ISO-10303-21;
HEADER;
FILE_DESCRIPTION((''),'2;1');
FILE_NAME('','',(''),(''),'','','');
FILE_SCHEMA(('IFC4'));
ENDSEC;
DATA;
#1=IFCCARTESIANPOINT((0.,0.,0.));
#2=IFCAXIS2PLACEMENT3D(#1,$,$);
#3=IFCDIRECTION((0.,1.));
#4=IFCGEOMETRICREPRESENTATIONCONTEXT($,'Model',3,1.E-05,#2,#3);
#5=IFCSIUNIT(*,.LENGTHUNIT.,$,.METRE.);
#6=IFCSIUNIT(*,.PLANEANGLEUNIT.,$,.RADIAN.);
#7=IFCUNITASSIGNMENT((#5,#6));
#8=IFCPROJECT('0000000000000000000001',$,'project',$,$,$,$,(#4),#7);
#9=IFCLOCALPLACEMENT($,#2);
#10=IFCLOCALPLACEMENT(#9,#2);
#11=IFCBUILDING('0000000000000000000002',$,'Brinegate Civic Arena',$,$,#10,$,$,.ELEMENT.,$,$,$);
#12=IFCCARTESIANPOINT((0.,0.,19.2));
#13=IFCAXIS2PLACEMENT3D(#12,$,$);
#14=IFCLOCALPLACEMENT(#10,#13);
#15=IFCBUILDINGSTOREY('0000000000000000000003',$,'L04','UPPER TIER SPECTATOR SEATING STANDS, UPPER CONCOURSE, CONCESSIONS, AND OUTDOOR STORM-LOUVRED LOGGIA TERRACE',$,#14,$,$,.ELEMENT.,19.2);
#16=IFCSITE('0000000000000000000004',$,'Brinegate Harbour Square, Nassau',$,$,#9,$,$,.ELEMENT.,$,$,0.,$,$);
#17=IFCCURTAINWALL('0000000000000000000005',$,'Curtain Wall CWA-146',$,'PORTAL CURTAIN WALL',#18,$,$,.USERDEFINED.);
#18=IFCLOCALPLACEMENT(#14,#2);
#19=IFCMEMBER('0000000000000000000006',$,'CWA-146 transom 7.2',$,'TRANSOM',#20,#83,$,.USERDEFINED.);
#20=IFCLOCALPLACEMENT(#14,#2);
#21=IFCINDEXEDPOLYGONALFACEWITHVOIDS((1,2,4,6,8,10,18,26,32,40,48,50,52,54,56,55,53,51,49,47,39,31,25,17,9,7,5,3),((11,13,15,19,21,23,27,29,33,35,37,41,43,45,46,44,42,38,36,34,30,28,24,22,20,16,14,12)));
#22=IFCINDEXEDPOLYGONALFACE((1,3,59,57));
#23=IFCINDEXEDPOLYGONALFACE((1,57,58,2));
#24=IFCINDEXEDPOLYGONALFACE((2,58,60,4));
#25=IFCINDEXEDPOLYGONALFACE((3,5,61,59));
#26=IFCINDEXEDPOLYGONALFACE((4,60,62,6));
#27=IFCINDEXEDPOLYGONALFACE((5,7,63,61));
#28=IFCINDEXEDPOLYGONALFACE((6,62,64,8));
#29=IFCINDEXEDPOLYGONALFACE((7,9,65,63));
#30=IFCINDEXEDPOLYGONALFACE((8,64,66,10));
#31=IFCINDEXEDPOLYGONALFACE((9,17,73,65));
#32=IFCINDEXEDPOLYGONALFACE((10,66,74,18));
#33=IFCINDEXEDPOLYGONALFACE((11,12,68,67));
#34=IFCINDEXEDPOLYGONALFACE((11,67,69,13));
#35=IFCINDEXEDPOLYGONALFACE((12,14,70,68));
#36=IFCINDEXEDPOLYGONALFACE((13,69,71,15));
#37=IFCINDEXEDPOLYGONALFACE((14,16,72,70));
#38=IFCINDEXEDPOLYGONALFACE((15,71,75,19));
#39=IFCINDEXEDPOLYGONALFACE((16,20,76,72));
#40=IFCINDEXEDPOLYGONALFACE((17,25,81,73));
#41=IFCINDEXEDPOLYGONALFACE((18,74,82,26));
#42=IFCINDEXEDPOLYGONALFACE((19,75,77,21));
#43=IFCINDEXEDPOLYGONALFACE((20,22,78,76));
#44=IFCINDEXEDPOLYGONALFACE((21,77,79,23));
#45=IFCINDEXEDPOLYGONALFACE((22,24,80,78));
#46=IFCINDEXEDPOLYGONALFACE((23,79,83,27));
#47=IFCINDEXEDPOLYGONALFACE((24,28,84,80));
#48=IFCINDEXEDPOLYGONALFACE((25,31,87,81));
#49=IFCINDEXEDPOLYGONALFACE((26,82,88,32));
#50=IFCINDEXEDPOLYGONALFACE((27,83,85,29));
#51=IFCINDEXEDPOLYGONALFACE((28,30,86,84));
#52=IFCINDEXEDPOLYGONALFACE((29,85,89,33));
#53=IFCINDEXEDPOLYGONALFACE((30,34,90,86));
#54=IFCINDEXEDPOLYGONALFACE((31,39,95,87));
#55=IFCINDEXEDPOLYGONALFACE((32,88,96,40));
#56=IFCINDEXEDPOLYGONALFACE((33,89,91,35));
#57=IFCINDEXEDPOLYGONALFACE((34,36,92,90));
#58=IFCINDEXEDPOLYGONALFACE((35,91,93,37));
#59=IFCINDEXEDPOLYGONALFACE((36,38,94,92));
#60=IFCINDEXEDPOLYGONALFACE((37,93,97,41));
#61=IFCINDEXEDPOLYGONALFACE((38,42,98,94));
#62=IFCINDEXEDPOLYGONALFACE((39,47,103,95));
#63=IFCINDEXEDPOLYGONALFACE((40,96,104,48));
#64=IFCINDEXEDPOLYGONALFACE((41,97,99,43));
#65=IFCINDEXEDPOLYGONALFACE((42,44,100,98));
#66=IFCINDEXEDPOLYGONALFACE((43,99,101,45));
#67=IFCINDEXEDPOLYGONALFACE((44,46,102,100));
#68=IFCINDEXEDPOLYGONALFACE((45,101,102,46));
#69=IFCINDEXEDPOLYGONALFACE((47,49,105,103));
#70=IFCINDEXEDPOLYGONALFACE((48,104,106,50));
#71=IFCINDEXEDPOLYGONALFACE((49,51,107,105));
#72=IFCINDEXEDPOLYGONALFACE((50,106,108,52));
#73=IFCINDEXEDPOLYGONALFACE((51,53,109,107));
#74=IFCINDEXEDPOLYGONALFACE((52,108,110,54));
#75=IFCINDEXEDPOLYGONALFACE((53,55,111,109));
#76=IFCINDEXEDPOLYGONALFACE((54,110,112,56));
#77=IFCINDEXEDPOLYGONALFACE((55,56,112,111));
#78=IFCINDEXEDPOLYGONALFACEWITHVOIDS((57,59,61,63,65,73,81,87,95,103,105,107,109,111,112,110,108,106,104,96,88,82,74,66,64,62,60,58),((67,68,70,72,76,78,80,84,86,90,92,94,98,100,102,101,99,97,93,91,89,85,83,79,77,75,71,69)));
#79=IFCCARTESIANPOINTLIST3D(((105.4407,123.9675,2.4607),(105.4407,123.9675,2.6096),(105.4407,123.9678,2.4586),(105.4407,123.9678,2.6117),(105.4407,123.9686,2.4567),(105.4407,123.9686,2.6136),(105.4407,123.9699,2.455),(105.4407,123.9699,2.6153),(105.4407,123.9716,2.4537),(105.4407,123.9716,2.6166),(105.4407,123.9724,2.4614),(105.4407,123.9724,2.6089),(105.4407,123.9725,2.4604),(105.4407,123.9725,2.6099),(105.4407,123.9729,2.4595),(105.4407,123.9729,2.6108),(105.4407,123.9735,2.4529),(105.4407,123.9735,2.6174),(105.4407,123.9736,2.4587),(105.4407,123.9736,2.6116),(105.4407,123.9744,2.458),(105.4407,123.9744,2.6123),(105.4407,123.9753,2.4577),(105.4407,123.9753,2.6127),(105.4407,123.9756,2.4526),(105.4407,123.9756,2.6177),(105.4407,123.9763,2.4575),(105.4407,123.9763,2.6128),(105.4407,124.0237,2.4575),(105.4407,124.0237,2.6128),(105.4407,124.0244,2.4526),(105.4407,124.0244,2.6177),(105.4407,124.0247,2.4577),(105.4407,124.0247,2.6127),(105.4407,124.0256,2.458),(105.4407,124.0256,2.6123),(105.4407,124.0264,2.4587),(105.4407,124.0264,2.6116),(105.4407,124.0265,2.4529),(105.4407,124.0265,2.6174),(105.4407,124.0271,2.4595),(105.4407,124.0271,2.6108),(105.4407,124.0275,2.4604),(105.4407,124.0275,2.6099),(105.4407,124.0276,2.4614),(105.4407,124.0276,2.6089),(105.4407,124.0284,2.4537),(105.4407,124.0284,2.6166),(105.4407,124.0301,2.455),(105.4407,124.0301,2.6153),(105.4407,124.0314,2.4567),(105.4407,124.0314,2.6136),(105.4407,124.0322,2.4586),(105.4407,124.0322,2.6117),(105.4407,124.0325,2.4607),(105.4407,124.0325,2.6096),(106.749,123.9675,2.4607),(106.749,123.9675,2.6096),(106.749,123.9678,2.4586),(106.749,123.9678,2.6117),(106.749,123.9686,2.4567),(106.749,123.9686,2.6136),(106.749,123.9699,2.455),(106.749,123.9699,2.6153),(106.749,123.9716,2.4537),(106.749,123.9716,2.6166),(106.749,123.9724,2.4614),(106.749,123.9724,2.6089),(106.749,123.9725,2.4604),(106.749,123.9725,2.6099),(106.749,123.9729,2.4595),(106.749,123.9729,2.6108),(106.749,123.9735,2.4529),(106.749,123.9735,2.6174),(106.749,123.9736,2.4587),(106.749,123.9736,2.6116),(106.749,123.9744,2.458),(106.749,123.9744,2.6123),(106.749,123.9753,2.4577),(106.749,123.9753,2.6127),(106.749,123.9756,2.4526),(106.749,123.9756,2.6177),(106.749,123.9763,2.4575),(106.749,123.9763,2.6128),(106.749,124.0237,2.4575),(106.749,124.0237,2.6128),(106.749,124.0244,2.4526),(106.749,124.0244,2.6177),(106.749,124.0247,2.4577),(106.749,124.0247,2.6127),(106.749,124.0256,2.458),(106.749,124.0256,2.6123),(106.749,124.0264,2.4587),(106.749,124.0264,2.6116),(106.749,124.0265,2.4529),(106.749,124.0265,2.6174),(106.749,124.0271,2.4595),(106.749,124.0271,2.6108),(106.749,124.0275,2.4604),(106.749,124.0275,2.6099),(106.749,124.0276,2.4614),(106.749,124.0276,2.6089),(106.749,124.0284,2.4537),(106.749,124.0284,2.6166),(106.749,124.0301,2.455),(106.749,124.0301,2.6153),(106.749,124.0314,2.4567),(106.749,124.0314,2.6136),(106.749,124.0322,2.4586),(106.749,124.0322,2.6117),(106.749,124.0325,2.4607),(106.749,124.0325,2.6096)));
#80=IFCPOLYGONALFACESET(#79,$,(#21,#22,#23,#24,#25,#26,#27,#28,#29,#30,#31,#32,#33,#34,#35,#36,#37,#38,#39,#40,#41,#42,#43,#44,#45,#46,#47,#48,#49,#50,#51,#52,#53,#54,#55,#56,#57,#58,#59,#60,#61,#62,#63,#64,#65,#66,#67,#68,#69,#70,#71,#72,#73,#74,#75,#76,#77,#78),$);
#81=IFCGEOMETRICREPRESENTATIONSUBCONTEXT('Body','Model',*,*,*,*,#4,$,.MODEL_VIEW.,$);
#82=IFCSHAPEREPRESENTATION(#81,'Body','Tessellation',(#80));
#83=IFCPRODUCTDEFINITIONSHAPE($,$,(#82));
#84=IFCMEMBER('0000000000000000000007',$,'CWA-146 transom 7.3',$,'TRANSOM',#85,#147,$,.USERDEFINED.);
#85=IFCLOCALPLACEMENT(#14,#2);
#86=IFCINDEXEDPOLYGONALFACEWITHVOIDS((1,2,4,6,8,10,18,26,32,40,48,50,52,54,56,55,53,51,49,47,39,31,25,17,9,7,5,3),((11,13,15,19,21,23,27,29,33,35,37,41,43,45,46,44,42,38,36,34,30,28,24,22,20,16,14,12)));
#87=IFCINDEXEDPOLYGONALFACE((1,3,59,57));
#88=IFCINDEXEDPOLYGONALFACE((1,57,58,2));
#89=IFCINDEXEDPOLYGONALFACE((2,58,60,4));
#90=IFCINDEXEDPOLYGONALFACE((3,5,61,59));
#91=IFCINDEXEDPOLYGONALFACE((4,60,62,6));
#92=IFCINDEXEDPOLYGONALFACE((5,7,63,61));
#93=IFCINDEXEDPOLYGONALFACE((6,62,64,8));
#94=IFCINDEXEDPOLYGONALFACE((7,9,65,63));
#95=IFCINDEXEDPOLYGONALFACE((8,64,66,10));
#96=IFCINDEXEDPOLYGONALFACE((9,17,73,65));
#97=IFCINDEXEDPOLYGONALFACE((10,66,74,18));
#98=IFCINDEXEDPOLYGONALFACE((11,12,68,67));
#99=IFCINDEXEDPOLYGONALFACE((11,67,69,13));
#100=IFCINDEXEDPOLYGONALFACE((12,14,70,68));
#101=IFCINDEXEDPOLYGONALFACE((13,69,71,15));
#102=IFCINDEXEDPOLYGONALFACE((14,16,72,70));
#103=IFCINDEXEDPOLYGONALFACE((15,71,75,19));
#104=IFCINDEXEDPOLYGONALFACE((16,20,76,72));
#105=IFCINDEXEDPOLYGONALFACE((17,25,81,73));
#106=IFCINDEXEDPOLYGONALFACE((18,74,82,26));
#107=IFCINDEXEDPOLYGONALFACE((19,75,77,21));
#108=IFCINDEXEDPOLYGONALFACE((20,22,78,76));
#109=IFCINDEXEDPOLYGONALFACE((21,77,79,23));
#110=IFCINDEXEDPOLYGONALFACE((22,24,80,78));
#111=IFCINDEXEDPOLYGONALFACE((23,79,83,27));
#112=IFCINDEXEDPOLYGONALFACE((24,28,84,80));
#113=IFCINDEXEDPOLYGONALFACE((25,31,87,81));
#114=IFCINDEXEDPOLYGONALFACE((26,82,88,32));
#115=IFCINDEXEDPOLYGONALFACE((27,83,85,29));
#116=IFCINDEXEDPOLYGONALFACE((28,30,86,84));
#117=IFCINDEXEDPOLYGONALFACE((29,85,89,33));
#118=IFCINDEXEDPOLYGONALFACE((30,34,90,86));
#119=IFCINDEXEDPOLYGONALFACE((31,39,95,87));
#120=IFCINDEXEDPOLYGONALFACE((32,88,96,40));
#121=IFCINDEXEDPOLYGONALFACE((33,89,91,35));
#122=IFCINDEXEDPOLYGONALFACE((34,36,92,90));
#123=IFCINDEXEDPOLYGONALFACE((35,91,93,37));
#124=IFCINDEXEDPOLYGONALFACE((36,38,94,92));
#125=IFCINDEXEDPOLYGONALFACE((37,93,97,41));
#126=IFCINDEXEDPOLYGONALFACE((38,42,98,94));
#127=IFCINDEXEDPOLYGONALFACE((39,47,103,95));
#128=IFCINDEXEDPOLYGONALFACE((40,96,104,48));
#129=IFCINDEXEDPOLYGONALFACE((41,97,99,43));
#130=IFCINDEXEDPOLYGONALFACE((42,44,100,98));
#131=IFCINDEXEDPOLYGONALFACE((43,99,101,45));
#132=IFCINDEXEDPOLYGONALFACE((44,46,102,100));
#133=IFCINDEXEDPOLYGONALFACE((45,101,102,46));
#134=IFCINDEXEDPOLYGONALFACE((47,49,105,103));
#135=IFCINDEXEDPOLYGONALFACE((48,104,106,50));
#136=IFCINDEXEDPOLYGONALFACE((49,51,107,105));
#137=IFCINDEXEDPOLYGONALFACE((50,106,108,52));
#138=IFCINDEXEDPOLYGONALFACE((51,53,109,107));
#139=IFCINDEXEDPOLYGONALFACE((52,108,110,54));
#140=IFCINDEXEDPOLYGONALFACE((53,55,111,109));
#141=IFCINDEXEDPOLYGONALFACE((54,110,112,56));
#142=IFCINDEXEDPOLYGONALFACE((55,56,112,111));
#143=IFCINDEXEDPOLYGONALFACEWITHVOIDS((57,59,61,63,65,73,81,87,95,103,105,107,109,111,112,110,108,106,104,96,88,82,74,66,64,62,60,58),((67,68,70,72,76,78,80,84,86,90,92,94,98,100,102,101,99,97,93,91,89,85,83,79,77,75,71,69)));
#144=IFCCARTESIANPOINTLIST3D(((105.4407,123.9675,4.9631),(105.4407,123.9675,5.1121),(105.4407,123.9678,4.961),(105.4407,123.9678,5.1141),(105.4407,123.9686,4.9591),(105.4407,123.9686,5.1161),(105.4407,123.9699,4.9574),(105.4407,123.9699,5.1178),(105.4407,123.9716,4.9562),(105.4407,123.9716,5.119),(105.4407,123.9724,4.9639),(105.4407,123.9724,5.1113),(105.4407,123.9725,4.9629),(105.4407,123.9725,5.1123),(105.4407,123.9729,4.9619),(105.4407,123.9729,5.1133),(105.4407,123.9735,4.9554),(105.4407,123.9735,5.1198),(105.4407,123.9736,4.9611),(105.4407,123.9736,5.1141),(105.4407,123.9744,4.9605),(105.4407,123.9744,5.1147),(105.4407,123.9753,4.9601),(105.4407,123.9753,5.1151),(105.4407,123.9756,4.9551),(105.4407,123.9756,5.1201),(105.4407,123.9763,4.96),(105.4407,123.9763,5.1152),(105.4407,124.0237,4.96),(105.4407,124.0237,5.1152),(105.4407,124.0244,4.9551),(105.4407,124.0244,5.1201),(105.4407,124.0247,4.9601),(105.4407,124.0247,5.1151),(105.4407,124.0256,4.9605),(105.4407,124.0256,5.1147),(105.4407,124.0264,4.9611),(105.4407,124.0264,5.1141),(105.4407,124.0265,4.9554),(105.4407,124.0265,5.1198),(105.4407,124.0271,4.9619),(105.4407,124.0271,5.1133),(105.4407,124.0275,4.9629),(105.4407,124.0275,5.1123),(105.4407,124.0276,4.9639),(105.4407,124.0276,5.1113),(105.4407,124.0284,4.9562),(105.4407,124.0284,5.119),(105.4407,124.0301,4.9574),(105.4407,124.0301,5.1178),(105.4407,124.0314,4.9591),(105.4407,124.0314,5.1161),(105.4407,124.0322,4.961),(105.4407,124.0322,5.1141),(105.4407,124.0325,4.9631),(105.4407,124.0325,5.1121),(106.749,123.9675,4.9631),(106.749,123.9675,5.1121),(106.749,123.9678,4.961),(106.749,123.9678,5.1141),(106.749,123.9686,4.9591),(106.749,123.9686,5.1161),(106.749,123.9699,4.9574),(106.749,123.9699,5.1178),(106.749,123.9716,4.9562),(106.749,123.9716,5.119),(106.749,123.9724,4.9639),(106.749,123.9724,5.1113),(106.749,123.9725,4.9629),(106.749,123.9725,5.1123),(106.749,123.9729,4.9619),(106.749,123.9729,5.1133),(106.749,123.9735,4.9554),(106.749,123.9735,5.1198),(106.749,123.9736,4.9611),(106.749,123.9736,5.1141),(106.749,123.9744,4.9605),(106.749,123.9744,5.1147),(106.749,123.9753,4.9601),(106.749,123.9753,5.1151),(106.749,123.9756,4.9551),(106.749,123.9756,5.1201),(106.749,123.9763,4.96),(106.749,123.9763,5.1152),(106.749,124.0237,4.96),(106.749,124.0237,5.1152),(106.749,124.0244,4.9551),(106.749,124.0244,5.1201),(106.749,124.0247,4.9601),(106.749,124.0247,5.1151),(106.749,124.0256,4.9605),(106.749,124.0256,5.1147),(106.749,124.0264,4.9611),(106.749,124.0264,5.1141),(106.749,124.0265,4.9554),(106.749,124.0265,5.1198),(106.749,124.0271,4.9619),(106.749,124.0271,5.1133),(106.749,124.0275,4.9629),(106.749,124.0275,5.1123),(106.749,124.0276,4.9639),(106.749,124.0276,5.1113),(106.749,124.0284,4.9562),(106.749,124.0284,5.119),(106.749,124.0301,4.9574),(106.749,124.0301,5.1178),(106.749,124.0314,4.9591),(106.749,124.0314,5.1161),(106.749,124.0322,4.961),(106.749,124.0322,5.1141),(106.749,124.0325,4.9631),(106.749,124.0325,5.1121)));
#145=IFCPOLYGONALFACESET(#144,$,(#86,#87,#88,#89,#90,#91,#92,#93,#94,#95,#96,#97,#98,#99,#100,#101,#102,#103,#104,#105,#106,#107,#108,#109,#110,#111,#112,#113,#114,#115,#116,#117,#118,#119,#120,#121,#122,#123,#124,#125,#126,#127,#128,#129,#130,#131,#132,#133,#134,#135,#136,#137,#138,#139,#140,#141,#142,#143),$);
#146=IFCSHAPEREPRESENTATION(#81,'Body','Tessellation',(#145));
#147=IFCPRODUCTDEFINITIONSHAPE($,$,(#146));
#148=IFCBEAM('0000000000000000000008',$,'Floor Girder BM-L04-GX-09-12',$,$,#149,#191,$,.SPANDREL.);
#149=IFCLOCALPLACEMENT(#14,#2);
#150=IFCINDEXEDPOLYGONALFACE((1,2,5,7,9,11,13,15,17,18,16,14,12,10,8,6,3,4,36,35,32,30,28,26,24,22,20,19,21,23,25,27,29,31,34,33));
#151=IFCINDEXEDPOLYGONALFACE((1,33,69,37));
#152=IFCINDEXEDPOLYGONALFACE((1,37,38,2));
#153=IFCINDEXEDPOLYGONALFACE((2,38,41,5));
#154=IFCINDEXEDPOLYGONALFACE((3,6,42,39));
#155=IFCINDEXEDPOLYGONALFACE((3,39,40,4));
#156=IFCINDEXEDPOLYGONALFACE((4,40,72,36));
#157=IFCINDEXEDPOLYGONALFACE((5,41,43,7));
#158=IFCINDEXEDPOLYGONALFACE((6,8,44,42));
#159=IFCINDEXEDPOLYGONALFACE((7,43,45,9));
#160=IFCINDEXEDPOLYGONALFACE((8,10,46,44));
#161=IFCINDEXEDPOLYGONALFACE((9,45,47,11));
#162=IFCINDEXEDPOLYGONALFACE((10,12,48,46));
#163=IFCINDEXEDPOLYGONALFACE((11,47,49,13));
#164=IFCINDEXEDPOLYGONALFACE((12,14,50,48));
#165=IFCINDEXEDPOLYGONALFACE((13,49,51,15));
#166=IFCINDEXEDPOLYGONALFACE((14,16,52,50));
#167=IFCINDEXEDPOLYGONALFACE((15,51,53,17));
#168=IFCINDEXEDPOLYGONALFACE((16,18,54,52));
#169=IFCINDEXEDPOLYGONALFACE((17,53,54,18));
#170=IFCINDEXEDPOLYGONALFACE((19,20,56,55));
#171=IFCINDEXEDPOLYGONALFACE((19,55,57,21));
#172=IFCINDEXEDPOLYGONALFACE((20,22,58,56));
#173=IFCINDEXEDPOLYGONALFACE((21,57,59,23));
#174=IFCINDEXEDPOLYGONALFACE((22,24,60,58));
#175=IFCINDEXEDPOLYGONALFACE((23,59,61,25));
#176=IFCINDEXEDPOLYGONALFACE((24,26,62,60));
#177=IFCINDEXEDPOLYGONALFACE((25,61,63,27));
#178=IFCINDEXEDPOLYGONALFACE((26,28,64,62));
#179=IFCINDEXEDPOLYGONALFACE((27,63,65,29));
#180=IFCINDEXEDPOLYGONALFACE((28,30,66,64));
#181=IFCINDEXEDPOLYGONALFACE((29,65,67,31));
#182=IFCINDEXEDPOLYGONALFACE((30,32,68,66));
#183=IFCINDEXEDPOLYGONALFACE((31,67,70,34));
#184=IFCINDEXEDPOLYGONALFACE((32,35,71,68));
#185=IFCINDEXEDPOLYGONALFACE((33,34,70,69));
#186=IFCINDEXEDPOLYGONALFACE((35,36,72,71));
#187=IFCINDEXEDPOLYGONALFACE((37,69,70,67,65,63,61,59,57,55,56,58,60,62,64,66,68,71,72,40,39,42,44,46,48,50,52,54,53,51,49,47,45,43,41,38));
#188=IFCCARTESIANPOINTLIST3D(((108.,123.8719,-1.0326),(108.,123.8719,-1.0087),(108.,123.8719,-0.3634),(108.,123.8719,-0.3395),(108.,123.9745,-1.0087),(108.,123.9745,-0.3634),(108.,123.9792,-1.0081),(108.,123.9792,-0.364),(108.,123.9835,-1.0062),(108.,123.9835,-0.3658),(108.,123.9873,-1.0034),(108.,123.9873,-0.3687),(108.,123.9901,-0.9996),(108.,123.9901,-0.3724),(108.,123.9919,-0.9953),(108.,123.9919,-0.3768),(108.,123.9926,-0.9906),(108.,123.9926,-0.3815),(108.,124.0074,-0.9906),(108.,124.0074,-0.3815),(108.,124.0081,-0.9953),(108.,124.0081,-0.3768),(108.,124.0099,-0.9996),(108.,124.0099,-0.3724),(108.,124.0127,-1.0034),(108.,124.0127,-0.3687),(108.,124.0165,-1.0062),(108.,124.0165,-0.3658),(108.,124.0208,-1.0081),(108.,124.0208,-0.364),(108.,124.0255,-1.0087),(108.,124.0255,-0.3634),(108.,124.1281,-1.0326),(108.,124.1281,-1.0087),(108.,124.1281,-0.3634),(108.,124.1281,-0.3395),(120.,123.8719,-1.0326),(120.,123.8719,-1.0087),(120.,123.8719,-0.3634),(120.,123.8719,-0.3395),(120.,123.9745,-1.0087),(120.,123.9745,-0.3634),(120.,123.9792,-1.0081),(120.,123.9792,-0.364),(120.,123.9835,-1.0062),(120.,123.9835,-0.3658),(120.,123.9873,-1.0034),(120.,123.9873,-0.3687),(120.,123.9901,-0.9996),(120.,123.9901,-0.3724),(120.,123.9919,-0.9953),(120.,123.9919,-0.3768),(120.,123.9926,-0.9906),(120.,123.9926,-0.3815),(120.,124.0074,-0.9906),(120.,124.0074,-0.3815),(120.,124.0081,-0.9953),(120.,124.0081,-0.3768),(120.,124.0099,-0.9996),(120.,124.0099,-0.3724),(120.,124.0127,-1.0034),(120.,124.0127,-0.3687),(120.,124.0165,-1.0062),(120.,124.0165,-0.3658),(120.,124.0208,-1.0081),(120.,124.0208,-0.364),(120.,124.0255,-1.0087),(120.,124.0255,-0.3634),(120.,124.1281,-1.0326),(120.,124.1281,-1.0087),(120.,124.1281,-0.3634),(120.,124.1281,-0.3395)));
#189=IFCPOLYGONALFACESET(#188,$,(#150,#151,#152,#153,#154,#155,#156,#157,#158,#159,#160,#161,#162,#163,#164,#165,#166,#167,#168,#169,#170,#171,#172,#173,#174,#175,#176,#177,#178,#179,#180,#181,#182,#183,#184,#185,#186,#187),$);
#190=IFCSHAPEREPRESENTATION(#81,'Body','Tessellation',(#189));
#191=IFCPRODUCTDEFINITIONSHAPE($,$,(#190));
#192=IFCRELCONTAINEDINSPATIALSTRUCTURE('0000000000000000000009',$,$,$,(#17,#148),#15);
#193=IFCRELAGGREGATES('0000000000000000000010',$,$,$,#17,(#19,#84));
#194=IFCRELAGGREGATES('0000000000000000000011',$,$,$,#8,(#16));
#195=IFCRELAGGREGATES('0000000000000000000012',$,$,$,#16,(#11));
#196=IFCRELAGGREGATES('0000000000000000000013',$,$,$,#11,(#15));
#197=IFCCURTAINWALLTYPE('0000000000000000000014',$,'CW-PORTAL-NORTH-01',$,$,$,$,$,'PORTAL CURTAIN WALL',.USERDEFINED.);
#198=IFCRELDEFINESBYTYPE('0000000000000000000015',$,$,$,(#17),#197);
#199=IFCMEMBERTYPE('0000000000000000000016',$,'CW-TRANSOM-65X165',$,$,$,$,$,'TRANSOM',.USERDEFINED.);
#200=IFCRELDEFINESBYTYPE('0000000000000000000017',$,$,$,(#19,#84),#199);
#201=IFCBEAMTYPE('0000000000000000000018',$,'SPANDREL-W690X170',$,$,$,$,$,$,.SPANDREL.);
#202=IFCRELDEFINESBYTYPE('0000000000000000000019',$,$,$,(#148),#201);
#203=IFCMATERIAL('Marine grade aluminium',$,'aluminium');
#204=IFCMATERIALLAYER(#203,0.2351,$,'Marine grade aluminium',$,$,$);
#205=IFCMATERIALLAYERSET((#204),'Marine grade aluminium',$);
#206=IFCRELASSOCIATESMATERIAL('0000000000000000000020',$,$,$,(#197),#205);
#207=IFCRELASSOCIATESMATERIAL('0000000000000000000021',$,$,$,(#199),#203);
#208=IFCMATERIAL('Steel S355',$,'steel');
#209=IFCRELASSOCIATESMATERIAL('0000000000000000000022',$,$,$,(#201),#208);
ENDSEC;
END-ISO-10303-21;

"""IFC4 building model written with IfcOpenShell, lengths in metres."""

from ifc_helpers import new_model, si_unit, direction, frame, origin, origin_2d, place, context, subcontext, project, spatial, hollow_rectangle, i_section, extrude, material, layer, layer_set, material_profile, profile_set, type_object, element, aggregate, save


model = new_model("IFC4")

# Units and contexts
model_context = context("Model", 3, precision=1e-05, world=origin(), true_north=direction((0.0, 1.0)))
body_context = subcontext(model_context, "Body", "Model", "MODEL_VIEW")
ifc_project = project(units=[si_unit("LENGTHUNIT", "METRE"), si_unit("PLANEANGLEUNIT", "RADIAN")], contexts=[model_context])

# Site, building, storey
site_placement = place(None, origin())
site = spatial("IfcSite", under=ifc_project, at=site_placement, Name="Brinegate Harbour Square, Nassau", CompositionType="ELEMENT", RefElevation=0.0)
building_placement = place(site_placement, origin())
building = spatial("IfcBuilding", under=site, at=building_placement, Name="Brinegate Civic Arena", CompositionType="ELEMENT")
storey_placement = place(building_placement, frame((0.0, 0.0, 19.2)))
storey = spatial("IfcBuildingStorey", under=building, at=storey_placement, Name="L04", Description="UPPER TIER SPECTATOR SEATING STANDS, UPPER CONCOURSE, CONCESSIONS, AND OUTDOOR STORM-LOUVRED LOGGIA TERRACE", CompositionType="ELEMENT", Elevation=19.2)

# Curtain wall, members
ifc_material_1 = material(Name="Marine grade aluminium", Category="aluminium")
ifc_layer_1 = layer(ifc_material_1, 0.2351, Name="Marine grade aluminium")
ifc_layer_set_1 = layer_set([ifc_layer_1], Name="Marine grade aluminium")
curtain_wall_type = type_object("IfcCurtainWallType", Name="CW-PORTAL-NORTH-01", ElementType="PORTAL CURTAIN WALL", PredefinedType="USERDEFINED", material=ifc_layer_set_1)
curtain_wall_placement = place(storey_placement, origin())
curtain_wall = element("IfcCurtainWall", 1, at=curtain_wall_placement, inside=storey, type_object=curtain_wall_type, Name="Curtain Wall CWA-146", ObjectType="PORTAL CURTAIN WALL", PredefinedType="USERDEFINED")
ifc_material_profile_1 = material_profile(ifc_material_1, hollow_rectangle(XDim=0.0649, YDim=0.165, WallThickness=0.0049, InnerFilletRadius=0.0039, OuterFilletRadius=0.0081, at=origin_2d()), Name="TRN65X165")
ifc_profile_set_1 = profile_set([ifc_material_profile_1], Name="Marine grade aluminium")
member_type_1 = type_object("IfcMemberType", Name="CW-TRANSOM-65X165", ElementType="TRANSOM", PredefinedType="USERDEFINED", material=ifc_profile_set_1)
member_1_placement = place(storey_placement, frame((105.4407, 124.0, 2.5352), z_axis=(1.0, 0.0, 0.0), x_axis=(0.0, 1.0, 0.0)))
member_1 = element("IfcMember", 2, at=member_1_placement, type_object=member_type_1, Name="CWA-146 transom 7.2", ObjectType="TRANSOM", PredefinedType="USERDEFINED", context=body_context, shape_type="SweptSolid", body=[
    extrude(hollow_rectangle(XDim=0.0649, YDim=0.165, WallThickness=0.0049, InnerFilletRadius=0.0039, OuterFilletRadius=0.0081, at=origin_2d()), origin(), (0.0, 0.0, 1.0), 1.3083),
])
member_2_placement = place(storey_placement, frame((105.4407, 124.0, 5.0376), z_axis=(1.0, 0.0, 0.0), x_axis=(0.0, 1.0, 0.0)))
member_2 = element("IfcMember", 3, at=member_2_placement, type_object=member_type_1, Name="CWA-146 transom 7.3", ObjectType="TRANSOM", PredefinedType="USERDEFINED", context=body_context, shape_type="SweptSolid", body=[
    extrude(hollow_rectangle(XDim=0.0649, YDim=0.165, WallThickness=0.0049, InnerFilletRadius=0.0039, OuterFilletRadius=0.0081, at=origin_2d()), origin(), (0.0, 0.0, 1.0), 1.3083),
])

# Beam
ifc_material_2 = material(Name="Steel S355", Category="steel")
ifc_material_profile_2 = material_profile(ifc_material_2, i_section(OverallWidth=0.2561, OverallDepth=0.6931, WebThickness=0.0149, FlangeThickness=0.0239, FilletRadius=0.0181, at=origin_2d()), Name="W690X170")
ifc_profile_set_2 = profile_set([ifc_material_profile_2], Name="Steel S355")
beam_type = type_object("IfcBeamType", Name="SPANDREL-W690X170", PredefinedType="SPANDREL", material=ifc_profile_set_2)
beam_placement = place(storey_placement, frame((108.0, 124.0, -0.686), z_axis=(1.0, 0.0, 0.0), x_axis=(0.0, 1.0, 0.0)))
element("IfcBeam", 4, at=beam_placement, inside=storey, type_object=beam_type, Name="Floor Girder BM-L04-GX-09-12", PredefinedType="SPANDREL", context=body_context, shape_type="SweptSolid", body=[
    extrude(i_section(OverallWidth=0.2561, OverallDepth=0.6931, WebThickness=0.0149, FlangeThickness=0.0239, FilletRadius=0.0181, at=origin_2d()), origin(), (0.0, 0.0, 1.0), 12.0),
])

aggregate(curtain_wall, [member_1, member_2])

save(model, "model.ifc")
